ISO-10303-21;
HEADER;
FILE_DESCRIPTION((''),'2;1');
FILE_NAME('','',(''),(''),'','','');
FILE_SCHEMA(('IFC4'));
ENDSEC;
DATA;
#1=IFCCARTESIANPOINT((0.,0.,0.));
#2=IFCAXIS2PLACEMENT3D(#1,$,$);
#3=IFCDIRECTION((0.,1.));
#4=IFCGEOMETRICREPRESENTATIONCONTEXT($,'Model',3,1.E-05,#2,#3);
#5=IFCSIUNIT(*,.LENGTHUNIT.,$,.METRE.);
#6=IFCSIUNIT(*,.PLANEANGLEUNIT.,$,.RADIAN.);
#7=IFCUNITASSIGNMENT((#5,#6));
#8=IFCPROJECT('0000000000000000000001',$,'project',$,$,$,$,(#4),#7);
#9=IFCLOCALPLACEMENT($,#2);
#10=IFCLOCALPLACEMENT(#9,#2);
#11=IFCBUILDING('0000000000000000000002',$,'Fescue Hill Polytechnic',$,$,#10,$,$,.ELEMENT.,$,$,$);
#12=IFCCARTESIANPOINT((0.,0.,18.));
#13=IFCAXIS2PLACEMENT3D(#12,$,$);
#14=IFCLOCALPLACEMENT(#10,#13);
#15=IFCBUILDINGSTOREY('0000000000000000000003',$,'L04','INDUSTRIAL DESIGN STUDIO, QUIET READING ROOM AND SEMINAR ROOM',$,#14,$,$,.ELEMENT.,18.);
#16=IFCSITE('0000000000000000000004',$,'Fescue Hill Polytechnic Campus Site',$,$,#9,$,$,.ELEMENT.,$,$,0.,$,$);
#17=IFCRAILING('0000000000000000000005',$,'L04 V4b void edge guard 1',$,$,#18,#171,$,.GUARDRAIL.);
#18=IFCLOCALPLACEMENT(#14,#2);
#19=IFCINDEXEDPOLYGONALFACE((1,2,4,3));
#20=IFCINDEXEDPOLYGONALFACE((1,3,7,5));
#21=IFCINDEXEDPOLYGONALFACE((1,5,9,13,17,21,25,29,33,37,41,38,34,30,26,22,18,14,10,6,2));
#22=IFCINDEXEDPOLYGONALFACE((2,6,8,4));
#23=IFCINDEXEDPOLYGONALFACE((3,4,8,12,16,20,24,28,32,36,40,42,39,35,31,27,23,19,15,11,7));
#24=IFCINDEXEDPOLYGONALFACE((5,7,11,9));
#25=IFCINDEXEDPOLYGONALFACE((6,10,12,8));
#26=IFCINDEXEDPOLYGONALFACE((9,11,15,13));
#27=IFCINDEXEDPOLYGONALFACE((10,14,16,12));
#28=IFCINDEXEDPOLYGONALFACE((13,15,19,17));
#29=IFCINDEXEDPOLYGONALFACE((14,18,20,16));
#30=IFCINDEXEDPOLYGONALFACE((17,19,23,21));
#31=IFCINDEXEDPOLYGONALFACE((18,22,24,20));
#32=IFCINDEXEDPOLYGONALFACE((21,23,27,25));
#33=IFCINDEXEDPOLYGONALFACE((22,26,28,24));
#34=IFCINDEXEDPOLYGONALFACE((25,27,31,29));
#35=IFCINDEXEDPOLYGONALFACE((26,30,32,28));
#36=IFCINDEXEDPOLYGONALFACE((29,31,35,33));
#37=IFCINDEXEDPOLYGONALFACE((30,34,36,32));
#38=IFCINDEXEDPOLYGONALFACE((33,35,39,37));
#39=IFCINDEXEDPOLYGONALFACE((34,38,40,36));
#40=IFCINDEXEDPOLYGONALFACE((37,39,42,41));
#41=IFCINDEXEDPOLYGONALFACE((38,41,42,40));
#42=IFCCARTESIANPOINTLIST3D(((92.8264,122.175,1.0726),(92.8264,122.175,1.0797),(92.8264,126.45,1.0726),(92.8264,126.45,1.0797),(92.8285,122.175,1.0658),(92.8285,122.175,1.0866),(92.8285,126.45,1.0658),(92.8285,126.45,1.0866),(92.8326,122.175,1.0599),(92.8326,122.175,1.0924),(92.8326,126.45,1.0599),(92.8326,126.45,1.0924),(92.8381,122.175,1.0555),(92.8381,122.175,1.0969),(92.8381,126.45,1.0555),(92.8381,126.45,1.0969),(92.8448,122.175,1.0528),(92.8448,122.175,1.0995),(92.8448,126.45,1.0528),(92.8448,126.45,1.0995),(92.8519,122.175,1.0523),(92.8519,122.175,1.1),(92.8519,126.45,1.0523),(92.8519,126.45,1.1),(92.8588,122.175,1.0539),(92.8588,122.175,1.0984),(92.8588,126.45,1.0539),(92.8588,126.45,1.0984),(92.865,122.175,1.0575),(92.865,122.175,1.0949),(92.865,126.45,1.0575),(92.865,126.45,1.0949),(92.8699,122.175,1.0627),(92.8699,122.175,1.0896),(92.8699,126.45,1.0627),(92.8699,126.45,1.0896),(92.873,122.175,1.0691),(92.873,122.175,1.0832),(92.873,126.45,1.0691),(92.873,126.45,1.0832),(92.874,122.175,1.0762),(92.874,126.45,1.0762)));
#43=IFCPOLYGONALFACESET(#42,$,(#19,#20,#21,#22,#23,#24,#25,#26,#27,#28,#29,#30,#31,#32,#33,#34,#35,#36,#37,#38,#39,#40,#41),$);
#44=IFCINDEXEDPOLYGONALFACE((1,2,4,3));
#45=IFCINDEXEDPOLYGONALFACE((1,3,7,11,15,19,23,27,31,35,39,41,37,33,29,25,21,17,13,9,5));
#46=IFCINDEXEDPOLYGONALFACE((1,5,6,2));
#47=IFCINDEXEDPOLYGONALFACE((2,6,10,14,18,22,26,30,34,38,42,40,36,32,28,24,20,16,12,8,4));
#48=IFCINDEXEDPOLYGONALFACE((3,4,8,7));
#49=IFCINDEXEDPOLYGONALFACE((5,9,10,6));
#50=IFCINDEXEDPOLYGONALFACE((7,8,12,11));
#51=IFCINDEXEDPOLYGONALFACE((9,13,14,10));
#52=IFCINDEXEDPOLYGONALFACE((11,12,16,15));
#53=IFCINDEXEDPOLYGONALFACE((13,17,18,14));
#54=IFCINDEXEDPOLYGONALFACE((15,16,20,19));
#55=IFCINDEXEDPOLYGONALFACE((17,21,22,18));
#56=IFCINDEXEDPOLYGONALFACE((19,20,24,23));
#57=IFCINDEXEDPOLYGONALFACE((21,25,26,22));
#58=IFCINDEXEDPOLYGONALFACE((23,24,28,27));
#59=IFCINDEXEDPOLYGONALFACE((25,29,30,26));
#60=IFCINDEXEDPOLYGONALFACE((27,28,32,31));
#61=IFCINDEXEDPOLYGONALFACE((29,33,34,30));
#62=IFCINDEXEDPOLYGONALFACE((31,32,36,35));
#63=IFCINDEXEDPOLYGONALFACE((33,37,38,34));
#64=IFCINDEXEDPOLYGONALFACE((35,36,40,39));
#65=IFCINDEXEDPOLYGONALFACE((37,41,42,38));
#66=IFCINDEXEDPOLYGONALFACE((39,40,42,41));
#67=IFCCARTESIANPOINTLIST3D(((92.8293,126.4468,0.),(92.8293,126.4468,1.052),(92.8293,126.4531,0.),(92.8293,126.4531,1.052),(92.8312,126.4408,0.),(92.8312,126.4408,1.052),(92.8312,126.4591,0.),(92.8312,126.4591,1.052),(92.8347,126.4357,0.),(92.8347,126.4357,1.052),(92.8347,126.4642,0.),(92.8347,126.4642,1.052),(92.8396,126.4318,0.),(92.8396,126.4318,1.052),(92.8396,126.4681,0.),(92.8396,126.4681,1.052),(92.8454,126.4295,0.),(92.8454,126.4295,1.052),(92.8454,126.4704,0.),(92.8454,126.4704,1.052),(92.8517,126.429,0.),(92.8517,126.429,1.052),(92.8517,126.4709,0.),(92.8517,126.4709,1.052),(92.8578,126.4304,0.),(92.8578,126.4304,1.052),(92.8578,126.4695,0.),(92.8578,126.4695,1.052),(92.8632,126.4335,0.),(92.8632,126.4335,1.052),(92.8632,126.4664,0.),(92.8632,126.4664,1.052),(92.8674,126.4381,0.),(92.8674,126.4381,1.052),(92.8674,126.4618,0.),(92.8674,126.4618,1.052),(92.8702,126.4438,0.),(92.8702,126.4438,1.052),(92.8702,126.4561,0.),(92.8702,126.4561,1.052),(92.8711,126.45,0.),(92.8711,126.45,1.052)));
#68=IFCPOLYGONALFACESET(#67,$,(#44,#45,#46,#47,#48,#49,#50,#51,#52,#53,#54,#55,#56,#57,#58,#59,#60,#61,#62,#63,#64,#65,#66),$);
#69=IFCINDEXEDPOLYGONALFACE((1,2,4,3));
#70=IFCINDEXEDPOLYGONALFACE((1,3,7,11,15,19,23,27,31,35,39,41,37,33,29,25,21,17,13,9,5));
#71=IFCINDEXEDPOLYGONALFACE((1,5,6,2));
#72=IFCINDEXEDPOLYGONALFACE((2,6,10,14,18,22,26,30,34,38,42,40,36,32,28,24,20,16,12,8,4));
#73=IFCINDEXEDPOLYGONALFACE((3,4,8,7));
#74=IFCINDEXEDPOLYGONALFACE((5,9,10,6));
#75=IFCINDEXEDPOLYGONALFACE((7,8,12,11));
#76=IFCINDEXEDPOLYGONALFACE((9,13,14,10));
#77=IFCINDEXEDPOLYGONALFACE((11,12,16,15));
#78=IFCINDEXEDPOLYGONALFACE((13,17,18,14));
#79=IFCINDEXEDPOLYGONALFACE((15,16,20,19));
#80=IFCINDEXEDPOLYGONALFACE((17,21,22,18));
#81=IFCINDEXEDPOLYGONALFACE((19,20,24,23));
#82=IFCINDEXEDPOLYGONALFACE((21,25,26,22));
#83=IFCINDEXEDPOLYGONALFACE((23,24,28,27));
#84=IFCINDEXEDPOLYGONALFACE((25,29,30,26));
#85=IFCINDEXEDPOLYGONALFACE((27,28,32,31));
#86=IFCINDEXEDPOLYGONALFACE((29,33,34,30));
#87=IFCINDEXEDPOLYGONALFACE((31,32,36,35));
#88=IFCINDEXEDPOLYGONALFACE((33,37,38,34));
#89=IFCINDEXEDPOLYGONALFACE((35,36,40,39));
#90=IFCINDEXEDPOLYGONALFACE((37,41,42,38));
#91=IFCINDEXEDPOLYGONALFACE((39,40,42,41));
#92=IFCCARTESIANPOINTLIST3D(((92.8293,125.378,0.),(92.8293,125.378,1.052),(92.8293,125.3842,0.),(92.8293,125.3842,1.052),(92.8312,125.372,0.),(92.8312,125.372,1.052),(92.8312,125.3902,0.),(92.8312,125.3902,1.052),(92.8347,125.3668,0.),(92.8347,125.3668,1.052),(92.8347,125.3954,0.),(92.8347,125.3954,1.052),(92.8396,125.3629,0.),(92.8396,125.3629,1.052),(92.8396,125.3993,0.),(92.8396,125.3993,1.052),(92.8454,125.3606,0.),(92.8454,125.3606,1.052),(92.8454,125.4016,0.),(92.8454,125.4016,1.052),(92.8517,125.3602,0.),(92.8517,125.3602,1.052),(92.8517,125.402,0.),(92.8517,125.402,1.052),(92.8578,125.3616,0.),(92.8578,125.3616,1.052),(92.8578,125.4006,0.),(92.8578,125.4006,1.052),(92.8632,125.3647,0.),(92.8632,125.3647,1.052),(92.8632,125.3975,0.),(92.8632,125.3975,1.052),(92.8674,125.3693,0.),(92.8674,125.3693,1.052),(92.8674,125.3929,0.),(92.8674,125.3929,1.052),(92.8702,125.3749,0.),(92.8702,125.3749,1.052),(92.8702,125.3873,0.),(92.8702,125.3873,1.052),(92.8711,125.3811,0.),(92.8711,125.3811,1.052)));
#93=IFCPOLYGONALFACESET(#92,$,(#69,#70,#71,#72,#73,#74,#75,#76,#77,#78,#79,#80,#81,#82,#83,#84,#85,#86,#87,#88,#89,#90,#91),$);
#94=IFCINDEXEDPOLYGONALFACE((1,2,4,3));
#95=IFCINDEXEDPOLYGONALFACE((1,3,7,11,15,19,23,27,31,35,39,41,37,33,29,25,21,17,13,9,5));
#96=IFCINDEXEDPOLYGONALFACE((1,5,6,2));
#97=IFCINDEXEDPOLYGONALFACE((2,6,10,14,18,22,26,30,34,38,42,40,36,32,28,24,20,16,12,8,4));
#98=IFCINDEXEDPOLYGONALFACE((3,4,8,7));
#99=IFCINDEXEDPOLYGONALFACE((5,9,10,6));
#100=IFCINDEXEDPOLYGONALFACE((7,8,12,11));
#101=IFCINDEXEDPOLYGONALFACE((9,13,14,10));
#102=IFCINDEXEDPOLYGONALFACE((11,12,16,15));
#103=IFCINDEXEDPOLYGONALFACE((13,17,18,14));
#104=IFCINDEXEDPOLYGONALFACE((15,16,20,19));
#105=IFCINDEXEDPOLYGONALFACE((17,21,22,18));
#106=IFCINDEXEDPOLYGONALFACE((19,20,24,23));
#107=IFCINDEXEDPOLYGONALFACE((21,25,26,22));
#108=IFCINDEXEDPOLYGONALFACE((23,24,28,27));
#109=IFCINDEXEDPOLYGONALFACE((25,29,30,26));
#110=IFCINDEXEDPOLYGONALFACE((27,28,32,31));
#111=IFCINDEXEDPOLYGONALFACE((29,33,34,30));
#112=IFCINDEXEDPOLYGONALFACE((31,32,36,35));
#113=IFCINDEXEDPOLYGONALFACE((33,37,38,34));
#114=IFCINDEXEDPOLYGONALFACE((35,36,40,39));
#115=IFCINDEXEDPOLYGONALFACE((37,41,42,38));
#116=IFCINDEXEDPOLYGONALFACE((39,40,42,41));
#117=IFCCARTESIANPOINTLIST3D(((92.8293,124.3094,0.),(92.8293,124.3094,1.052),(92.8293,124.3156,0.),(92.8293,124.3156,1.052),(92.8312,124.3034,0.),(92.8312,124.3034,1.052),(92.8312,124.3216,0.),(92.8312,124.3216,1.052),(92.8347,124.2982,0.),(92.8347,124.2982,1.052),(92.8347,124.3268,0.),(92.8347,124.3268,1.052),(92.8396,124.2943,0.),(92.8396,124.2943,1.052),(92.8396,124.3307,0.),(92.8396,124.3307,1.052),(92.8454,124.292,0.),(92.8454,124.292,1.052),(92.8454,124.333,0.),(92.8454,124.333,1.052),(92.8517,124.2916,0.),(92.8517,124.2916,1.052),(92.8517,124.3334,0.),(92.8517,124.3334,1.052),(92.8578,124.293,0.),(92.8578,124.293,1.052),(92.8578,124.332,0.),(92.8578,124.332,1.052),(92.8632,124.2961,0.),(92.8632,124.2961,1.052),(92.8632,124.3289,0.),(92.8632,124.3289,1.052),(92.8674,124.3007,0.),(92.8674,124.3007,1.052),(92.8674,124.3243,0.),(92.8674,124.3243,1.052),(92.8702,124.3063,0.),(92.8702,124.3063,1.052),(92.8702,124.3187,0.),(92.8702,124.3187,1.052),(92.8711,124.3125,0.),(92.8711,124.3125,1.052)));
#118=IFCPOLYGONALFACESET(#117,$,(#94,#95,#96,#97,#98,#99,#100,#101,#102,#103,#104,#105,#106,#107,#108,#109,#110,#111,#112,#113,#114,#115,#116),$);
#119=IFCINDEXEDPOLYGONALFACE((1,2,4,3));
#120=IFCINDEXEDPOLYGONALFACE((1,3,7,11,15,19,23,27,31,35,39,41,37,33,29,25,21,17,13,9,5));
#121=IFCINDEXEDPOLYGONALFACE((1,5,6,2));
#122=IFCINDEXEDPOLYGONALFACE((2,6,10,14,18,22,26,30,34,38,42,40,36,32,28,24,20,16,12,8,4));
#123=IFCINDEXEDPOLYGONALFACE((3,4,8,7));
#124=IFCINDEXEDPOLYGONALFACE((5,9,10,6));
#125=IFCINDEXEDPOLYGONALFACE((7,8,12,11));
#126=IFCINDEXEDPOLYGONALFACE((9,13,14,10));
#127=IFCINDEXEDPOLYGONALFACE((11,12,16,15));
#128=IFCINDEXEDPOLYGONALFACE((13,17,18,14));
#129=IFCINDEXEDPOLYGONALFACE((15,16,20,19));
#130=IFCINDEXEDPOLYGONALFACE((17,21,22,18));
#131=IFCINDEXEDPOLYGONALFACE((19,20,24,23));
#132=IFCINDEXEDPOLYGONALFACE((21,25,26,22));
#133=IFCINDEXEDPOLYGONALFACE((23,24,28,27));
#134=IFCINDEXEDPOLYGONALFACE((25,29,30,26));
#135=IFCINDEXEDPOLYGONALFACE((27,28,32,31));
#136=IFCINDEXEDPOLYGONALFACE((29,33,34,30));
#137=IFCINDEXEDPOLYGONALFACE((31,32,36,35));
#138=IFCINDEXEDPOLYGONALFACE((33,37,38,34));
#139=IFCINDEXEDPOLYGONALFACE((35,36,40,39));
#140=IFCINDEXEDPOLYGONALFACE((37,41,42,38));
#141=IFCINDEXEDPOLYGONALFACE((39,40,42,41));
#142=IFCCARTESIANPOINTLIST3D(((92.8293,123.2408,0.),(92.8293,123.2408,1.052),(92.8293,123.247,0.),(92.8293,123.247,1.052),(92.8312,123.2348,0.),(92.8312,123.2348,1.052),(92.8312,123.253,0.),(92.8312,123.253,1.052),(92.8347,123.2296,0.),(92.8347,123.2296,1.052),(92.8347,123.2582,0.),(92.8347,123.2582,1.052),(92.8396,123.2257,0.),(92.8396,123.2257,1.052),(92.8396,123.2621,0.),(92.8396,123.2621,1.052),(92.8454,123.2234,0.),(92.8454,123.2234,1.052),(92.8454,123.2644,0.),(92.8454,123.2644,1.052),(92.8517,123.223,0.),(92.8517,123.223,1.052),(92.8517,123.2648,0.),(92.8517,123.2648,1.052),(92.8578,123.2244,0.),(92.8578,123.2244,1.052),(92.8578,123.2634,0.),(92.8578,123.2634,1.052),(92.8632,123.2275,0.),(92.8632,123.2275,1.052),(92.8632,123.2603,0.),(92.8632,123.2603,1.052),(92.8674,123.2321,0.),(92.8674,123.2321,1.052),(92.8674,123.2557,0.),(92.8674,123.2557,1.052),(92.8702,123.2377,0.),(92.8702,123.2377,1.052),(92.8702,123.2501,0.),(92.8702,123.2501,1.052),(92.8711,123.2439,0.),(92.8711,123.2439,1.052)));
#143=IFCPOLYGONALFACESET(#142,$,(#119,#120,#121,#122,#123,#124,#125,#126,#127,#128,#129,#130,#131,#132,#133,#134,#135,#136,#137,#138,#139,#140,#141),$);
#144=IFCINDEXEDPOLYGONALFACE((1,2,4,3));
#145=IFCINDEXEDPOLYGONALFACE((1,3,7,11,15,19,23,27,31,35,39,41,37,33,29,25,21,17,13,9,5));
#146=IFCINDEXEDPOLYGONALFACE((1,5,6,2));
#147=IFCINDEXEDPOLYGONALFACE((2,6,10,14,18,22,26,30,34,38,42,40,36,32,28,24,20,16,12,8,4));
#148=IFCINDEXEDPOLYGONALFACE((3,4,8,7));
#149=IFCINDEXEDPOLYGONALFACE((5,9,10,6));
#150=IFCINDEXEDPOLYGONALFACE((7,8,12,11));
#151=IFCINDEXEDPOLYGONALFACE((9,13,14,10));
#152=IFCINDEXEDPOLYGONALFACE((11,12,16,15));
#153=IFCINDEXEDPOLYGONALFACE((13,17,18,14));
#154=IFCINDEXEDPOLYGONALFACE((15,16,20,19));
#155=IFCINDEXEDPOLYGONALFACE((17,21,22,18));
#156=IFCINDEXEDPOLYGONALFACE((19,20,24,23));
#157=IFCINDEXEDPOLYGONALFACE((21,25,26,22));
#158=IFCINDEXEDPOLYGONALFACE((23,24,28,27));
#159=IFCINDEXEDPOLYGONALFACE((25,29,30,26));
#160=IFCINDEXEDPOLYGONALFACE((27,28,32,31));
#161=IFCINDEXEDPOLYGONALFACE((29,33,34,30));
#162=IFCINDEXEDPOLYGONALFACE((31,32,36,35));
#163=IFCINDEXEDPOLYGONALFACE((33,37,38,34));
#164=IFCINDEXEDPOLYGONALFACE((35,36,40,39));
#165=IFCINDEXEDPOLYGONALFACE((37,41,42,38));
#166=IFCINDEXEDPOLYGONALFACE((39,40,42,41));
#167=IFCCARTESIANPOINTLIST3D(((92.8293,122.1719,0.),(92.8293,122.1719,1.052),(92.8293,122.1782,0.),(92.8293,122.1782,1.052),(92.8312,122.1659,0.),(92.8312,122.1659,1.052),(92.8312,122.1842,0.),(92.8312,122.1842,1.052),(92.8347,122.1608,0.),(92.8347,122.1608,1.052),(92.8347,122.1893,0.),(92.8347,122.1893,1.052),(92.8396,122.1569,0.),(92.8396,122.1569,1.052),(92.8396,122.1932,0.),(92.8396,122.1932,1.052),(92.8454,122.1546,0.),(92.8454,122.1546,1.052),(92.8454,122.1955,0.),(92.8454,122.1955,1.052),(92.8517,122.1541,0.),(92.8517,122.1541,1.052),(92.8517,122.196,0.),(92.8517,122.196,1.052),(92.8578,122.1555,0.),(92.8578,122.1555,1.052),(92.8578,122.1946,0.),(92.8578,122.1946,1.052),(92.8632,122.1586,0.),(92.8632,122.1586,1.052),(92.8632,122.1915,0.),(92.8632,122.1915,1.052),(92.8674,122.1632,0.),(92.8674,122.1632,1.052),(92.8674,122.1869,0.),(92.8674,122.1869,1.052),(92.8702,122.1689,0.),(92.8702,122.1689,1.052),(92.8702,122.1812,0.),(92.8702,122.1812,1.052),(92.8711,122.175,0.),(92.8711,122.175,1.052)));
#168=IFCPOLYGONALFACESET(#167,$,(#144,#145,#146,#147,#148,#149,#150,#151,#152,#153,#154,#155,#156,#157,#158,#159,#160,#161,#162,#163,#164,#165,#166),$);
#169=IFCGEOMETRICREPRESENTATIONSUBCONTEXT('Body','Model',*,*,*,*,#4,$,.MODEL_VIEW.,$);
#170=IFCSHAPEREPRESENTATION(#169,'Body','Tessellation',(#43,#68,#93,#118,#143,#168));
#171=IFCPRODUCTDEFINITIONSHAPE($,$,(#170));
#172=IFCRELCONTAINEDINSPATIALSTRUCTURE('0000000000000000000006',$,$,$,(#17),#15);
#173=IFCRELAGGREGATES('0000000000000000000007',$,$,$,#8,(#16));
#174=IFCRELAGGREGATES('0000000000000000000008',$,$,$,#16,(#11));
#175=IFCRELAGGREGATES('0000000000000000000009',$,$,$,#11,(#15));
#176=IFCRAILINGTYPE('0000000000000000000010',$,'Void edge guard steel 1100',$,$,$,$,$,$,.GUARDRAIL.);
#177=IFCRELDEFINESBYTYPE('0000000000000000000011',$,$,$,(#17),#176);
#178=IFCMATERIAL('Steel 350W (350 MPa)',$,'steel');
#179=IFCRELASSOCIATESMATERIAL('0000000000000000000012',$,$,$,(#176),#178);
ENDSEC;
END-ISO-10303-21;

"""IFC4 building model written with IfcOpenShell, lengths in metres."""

from ifc_helpers import new_model, si_unit, direction, frame, origin, origin_2d, place, context, subcontext, project, spatial, circle, extrude, material, type_object, element, save


model = new_model("IFC4")

# Units and contexts
model_context = context("Model", 3, precision=1e-05, world=origin(), true_north=direction((0.0, 1.0)))
body_context = subcontext(model_context, "Body", "Model", "MODEL_VIEW")
ifc_project = project(units=[si_unit("LENGTHUNIT", "METRE"), si_unit("PLANEANGLEUNIT", "RADIAN")], contexts=[model_context])

# Site, building, storey
site_placement = place(None, origin())
site = spatial("IfcSite", under=ifc_project, at=site_placement, Name="Fescue Hill Polytechnic Campus Site", CompositionType="ELEMENT", RefElevation=0.0)
building_placement = place(site_placement, origin())
building = spatial("IfcBuilding", under=site, at=building_placement, Name="Fescue Hill Polytechnic", CompositionType="ELEMENT")
storey_placement = place(building_placement, frame((0.0, 0.0, 18.0)))
storey = spatial("IfcBuildingStorey", under=building, at=storey_placement, Name="L04", Description="INDUSTRIAL DESIGN STUDIO, QUIET READING ROOM AND SEMINAR ROOM", CompositionType="ELEMENT", Elevation=18.0)

# Railing
ifc_material_1 = material(Name="Steel 350W (350 MPa)", Category="steel")
railing_type = type_object("IfcRailingType", Name="Void edge guard steel 1100", PredefinedType="GUARDRAIL", material=ifc_material_1)
railing_1_placement = place(storey_placement, frame((92.8501, 126.45, 0.0)))
element("IfcRailing", 1, at=railing_1_placement, inside=storey, type_object=railing_type, Name="L04 V4b void edge guard 1", PredefinedType="GUARDRAIL", context=body_context, shape_type="SweptSolid", body=[
    extrude(circle(Radius=0.0239, at=origin_2d()), frame((0.0, 0.0, 1.0762), z_axis=(0.0, -1.0, 0.0), x_axis=(1.0, 0.0, 0.0)), (0.0, 0.0, 1.0), 4.2749),
    extrude(circle(Radius=0.021, at=origin_2d()), origin(), (0.0, 0.0, 1.0), 1.052),
    extrude(circle(Radius=0.021, at=origin_2d()), frame((0.0, -1.0688, 0.0)), (0.0, 0.0, 1.0), 1.052),
    extrude(circle(Radius=0.021, at=origin_2d()), frame((0.0, -2.1375, 0.0)), (0.0, 0.0, 1.0), 1.052),
    extrude(circle(Radius=0.021, at=origin_2d()), frame((0.0, -3.2061, 0.0)), (0.0, 0.0, 1.0), 1.052),
    extrude(circle(Radius=0.021, at=origin_2d()), frame((0.0, -4.2749, 0.0)), (0.0, 0.0, 1.0), 1.052),
])

save(model, "model.ifc")
